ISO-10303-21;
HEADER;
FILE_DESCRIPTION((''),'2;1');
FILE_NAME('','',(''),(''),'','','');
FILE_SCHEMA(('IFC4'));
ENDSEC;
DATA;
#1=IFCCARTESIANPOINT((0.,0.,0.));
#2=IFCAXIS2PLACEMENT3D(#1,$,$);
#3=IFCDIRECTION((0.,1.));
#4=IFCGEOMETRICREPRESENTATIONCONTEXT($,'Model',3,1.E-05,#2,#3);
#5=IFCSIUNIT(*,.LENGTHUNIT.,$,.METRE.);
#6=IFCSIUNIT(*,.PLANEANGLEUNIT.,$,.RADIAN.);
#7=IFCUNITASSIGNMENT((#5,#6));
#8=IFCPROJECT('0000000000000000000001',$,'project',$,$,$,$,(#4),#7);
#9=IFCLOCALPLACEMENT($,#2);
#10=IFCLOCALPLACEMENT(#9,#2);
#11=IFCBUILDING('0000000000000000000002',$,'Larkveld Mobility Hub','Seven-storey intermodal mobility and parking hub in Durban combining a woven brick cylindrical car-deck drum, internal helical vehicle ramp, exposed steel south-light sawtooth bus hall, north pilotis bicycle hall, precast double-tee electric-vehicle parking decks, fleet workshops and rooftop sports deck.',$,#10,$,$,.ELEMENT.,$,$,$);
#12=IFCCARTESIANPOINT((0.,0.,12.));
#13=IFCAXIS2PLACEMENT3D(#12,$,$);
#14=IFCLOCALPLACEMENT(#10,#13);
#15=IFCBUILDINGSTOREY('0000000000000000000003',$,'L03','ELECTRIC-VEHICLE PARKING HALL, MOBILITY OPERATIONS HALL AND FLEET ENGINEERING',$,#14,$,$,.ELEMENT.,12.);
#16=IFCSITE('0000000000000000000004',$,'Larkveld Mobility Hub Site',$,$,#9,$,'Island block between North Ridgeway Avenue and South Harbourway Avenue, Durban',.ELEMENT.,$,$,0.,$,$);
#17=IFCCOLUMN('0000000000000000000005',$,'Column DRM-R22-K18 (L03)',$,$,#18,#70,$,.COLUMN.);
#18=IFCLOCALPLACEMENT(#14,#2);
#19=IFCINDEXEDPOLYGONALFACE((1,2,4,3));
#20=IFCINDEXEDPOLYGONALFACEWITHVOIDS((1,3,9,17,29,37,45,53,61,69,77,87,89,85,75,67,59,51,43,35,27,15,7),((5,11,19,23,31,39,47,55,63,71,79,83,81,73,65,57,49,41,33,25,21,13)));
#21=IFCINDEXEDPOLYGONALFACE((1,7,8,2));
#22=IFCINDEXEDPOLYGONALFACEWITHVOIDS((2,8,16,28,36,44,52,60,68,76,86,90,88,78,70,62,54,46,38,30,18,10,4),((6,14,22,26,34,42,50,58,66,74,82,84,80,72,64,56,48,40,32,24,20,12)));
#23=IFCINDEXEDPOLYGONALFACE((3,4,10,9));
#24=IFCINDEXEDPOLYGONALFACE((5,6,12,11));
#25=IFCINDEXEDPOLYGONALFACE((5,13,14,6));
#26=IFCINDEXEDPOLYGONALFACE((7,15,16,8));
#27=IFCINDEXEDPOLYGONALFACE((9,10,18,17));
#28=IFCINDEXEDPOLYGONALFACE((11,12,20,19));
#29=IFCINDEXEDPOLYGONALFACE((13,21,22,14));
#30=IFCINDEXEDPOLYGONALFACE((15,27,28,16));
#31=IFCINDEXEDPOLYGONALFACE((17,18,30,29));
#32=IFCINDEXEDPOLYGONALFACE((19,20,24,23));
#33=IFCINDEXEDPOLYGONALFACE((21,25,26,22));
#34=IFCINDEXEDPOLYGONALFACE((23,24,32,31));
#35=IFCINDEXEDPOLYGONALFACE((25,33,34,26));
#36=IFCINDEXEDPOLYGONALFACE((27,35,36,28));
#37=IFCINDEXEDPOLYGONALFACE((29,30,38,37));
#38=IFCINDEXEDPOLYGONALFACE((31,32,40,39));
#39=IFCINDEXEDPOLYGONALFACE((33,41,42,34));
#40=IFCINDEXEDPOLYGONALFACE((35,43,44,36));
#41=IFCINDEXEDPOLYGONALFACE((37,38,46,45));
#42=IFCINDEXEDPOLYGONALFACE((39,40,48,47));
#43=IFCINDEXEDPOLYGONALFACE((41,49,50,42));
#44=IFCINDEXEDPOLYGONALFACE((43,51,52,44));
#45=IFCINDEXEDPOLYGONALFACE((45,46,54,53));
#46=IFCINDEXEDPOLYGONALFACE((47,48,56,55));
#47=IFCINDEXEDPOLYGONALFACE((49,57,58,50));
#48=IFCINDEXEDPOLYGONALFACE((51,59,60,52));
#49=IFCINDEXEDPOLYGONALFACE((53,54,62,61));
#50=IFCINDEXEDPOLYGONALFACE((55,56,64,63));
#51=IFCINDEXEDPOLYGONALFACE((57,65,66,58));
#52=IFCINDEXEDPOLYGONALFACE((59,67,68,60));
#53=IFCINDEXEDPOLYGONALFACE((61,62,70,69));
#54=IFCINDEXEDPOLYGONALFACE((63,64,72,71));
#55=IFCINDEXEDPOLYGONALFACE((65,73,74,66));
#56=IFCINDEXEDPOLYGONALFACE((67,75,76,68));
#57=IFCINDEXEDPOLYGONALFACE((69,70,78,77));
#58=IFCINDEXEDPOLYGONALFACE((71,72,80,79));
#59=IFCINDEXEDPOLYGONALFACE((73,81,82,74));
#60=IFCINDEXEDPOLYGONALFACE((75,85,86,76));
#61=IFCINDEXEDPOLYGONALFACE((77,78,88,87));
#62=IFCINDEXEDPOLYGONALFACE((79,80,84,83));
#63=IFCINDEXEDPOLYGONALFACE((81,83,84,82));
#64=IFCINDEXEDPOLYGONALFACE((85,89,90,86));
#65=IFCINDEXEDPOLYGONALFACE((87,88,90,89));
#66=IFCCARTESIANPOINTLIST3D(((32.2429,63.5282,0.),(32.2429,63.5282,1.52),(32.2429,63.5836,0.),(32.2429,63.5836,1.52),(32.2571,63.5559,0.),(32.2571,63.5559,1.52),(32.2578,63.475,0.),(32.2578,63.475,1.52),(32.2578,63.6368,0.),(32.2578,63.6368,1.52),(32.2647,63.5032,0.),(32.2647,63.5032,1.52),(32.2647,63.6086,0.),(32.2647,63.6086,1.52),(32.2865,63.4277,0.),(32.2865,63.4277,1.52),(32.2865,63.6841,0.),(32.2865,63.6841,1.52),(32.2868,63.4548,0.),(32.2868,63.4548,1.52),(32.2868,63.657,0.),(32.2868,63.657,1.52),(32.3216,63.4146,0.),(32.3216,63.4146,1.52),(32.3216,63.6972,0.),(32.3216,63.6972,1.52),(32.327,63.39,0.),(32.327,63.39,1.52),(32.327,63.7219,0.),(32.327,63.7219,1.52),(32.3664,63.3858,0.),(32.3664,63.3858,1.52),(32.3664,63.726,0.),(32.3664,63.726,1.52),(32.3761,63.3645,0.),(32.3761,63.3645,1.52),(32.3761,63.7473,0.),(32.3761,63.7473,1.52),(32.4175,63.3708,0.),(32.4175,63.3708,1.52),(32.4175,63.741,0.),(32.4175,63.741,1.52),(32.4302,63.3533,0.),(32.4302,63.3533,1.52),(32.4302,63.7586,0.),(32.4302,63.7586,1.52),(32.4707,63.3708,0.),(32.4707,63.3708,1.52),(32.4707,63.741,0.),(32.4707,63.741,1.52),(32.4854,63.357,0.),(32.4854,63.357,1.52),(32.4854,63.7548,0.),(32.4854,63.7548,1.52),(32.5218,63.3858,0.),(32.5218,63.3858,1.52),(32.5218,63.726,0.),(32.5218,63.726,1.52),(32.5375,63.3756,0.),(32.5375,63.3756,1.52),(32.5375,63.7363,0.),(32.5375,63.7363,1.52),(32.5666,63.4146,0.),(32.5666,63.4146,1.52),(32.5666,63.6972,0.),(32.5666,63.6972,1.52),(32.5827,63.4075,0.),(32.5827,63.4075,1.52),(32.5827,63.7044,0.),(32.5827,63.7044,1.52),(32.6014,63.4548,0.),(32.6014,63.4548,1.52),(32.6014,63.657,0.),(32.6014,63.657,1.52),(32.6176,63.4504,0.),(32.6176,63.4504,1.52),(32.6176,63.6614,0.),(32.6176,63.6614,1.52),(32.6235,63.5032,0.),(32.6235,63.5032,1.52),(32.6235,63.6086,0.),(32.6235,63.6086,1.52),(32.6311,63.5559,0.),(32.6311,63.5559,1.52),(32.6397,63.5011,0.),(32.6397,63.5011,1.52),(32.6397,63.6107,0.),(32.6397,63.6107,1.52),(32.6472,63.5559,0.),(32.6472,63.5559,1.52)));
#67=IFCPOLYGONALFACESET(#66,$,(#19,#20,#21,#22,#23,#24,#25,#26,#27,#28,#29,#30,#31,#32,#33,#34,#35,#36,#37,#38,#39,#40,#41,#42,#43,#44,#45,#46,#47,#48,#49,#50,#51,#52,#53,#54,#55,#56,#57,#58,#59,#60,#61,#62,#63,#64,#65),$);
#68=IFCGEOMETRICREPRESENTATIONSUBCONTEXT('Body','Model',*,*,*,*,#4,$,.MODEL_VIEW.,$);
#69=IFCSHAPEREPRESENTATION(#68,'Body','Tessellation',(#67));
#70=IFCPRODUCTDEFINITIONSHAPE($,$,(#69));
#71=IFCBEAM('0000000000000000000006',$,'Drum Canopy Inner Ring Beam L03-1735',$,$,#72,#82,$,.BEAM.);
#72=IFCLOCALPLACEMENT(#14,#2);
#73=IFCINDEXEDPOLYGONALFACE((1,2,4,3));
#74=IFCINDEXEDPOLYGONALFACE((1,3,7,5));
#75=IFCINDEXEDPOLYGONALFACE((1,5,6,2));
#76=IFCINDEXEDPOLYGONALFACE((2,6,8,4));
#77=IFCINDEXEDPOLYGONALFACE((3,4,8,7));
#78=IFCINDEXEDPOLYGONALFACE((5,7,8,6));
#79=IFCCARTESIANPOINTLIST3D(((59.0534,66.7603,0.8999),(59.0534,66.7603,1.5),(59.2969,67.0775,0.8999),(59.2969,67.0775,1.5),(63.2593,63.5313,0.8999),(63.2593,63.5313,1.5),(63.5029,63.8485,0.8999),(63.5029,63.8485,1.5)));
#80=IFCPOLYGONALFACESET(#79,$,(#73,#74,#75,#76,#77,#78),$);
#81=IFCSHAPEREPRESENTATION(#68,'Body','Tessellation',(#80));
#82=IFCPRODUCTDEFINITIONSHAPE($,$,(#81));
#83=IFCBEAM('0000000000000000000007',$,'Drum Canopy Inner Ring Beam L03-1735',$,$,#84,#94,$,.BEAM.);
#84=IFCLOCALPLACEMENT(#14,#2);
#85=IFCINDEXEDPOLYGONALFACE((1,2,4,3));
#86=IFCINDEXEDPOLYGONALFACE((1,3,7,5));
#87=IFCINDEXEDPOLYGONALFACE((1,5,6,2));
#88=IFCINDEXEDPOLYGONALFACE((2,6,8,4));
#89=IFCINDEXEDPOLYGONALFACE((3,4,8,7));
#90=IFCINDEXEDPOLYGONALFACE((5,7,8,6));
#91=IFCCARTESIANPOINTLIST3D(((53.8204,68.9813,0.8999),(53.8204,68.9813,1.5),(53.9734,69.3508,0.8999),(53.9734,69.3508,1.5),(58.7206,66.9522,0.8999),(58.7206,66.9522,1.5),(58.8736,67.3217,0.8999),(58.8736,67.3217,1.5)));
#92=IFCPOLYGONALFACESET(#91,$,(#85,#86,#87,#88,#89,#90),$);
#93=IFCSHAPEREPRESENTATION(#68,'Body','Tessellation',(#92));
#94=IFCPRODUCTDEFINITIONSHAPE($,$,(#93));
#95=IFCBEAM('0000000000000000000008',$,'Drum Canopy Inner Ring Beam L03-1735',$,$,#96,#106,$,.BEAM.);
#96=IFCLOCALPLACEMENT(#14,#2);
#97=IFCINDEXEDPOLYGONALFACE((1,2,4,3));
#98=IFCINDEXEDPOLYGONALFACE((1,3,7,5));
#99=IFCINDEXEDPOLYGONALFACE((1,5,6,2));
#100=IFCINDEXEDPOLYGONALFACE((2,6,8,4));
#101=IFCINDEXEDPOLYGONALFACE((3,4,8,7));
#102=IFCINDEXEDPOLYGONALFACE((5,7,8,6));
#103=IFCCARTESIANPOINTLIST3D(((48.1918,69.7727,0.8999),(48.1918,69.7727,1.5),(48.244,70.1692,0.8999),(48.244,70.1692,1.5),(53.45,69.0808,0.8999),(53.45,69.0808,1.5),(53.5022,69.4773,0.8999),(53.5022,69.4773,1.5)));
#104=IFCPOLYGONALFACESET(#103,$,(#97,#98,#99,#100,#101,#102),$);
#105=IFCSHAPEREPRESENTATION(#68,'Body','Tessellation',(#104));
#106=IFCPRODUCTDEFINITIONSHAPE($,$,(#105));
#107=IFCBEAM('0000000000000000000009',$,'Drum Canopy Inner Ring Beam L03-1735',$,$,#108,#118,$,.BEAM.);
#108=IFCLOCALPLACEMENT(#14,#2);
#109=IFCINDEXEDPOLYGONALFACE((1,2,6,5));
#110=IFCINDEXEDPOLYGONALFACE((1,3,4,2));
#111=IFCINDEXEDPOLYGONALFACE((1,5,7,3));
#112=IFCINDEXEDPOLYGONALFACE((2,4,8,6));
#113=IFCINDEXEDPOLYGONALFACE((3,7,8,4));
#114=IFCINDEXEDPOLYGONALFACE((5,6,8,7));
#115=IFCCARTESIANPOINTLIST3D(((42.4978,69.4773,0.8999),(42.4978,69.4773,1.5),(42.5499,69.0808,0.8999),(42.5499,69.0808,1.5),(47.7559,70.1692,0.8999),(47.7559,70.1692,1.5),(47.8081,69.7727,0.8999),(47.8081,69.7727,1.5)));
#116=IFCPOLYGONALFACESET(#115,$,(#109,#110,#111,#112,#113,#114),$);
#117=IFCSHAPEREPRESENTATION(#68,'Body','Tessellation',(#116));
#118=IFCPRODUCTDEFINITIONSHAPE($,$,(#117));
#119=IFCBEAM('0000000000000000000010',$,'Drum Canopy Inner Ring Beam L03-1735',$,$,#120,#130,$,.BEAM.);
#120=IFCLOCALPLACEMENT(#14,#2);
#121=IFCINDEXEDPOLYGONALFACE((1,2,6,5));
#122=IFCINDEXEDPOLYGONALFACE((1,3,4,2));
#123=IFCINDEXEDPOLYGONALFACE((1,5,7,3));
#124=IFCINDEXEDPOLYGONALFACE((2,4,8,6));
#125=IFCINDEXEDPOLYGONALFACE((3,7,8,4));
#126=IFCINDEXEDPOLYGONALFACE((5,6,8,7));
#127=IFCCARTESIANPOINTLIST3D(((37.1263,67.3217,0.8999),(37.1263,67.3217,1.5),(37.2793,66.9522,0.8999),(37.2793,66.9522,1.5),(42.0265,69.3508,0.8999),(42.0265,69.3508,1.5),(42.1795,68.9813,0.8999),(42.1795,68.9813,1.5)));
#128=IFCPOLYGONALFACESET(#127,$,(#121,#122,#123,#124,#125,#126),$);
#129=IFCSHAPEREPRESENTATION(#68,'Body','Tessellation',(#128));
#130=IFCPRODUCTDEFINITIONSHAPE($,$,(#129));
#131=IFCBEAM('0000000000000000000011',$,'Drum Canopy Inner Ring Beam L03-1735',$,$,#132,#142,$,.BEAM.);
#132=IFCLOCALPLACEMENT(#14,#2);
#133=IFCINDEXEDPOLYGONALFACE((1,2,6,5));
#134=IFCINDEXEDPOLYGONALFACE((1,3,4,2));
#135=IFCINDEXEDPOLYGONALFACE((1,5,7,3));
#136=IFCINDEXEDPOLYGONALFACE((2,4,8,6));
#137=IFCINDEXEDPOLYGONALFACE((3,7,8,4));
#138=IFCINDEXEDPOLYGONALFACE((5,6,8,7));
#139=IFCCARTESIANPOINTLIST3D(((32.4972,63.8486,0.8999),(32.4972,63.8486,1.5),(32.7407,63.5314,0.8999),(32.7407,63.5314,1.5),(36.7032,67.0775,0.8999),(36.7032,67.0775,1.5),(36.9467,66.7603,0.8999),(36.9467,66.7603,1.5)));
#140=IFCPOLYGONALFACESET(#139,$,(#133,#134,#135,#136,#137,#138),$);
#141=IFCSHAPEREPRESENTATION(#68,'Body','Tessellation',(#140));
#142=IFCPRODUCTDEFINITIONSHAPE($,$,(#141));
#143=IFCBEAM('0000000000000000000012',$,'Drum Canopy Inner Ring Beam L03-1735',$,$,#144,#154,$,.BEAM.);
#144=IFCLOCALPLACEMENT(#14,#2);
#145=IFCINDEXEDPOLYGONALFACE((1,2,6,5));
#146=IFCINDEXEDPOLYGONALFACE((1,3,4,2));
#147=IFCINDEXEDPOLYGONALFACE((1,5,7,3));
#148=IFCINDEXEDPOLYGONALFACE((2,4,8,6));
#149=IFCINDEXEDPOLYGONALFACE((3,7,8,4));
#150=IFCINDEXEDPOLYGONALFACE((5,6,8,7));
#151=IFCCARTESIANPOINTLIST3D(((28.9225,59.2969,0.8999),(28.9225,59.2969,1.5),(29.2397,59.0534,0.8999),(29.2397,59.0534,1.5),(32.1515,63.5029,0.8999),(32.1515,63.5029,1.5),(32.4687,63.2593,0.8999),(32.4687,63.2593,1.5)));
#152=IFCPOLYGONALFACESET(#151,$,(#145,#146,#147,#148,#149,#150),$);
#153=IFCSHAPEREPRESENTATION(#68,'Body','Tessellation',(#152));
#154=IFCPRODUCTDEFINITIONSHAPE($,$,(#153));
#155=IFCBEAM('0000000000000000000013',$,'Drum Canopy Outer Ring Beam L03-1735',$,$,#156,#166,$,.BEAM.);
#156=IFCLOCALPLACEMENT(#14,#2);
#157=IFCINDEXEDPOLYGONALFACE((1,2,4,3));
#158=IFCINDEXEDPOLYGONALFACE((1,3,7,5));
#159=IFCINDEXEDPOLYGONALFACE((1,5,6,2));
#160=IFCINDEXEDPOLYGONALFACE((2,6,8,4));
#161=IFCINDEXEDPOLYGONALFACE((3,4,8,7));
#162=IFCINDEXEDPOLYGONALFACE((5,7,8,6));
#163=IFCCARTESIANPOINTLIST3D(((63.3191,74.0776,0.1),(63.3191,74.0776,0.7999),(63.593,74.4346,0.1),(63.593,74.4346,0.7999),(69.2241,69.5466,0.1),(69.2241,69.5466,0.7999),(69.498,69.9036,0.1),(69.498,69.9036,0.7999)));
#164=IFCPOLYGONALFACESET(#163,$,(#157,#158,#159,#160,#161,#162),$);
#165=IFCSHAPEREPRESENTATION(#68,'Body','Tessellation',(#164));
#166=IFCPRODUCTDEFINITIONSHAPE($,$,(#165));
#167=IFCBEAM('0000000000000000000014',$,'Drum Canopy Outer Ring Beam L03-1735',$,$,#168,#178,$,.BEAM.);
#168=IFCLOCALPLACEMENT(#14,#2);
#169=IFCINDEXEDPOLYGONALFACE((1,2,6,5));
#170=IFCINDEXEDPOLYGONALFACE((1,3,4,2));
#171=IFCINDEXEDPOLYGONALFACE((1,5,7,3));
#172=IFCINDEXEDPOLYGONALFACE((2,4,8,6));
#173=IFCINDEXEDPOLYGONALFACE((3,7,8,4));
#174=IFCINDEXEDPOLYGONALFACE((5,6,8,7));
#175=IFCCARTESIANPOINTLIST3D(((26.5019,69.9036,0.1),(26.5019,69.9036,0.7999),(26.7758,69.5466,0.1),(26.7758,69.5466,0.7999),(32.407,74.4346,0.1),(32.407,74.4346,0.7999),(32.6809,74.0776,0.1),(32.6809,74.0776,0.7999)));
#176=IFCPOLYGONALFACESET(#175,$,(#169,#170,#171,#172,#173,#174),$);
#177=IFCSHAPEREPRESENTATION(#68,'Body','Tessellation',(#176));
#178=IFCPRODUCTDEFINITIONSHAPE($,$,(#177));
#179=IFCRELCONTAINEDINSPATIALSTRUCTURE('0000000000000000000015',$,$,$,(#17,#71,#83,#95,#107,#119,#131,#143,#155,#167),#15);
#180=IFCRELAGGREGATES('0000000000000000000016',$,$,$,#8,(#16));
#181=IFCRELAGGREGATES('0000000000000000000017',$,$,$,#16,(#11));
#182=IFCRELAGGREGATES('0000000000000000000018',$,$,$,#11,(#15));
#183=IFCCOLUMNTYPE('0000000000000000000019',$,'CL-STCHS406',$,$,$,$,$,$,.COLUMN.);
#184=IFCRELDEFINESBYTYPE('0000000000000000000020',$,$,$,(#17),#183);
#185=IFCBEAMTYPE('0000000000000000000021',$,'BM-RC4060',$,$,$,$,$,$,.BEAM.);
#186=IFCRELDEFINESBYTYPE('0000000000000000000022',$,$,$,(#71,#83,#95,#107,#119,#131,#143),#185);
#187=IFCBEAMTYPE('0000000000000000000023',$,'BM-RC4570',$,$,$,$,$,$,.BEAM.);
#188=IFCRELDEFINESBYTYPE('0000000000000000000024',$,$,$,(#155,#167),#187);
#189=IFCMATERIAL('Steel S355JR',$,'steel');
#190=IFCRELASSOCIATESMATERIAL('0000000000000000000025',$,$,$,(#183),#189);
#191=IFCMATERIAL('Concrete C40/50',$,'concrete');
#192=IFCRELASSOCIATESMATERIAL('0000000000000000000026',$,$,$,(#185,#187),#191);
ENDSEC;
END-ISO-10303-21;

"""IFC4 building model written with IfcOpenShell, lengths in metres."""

from ifc_helpers import new_model, si_unit, direction, frame, origin, origin_2d, place, context, subcontext, project, spatial, rectangle, hollow_circle, extrude, material, material_profile, profile_set, type_object, element, save


model = new_model("IFC4")

# Units and contexts
model_context = context("Model", 3, precision=1e-05, world=origin(), true_north=direction((0.0, 1.0)))
body_context = subcontext(model_context, "Body", "Model", "MODEL_VIEW")
ifc_project = project(units=[si_unit("LENGTHUNIT", "METRE"), si_unit("PLANEANGLEUNIT", "RADIAN")], contexts=[model_context])

# Site, building, storey
site_placement = place(None, origin())
site = spatial("IfcSite", under=ifc_project, at=site_placement, Name="Larkveld Mobility Hub Site", LongName="Island block between North Ridgeway Avenue and South Harbourway Avenue, Durban", CompositionType="ELEMENT", RefElevation=0.0)
building_placement = place(site_placement, origin())
building = spatial("IfcBuilding", under=site, at=building_placement, Name="Larkveld Mobility Hub", Description="Seven-storey intermodal mobility and parking hub in Durban combining a woven brick cylindrical car-deck drum, internal helical vehicle ramp, exposed steel south-light sawtooth bus hall, north pilotis bicycle hall, precast double-tee electric-vehicle parking decks, fleet workshops and rooftop sports deck.", CompositionType="ELEMENT")
storey_placement = place(building_placement, frame((0.0, 0.0, 12.0)))
storey = spatial("IfcBuildingStorey", under=building, at=storey_placement, Name="L03", Description="ELECTRIC-VEHICLE PARKING HALL, MOBILITY OPERATIONS HALL AND FLEET ENGINEERING", CompositionType="ELEMENT", Elevation=12.0)

# Column
ifc_material_1 = material(Name="Steel S355JR", Category="steel")
ifc_material_profile_1 = material_profile(ifc_material_1, hollow_circle(Radius=0.2031, WallThickness=0.0161, at=origin_2d()), Name="CHS 406.4x16")
ifc_profile_set_1 = profile_set([ifc_material_profile_1], Name="Steel S355JR")
column_type = type_object("IfcColumnType", Name="CL-STCHS406", PredefinedType="COLUMN", material=ifc_profile_set_1)
for number, where, z_axis, x_axis, name in (
    (1, (32.4441, 63.5559, 0.0), (0.0, 0.0, 1.0), (1.0, 0.0, 0.0), "Column DRM-R22-K18 (L03)"),
):
    element("IfcColumn", number, at=place(storey_placement, frame(where, z_axis=z_axis, x_axis=x_axis)), inside=storey, type_object=column_type, Name=name, PredefinedType="COLUMN", context=body_context, shape_type="SweptSolid", body=[
        extrude(hollow_circle(Radius=0.2031, WallThickness=0.0161, at=origin_2d()), origin(), (0.0, 0.0, 1.0), 1.52),
    ])

# Beams
ifc_material_2 = material(Name="Concrete C40/50", Category="concrete")
ifc_material_profile_2 = material_profile(ifc_material_2, rectangle(XDim=0.3999, YDim=0.6001, at=origin_2d()), Name="RC BM 400x600")
ifc_profile_set_2 = profile_set([ifc_material_profile_2], Name="Concrete C40/50")
beam_type_1 = type_object("IfcBeamType", Name="BM-RC4060", PredefinedType="BEAM", material=ifc_profile_set_2)
beam_1_placement = place(storey_placement, frame((63.3811, 63.6899, 1.2), z_axis=(-0.793209, 0.60895, 0.0), x_axis=(-0.60895, -0.793209, 0.0)))
element("IfcBeam", 2, at=beam_1_placement, inside=storey, type_object=beam_type_1, Name="Drum Canopy Inner Ring Beam L03-1735", PredefinedType="BEAM", context=body_context, shape_type="SweptSolid", body=[
    extrude(rectangle(XDim=0.3999, YDim=0.6001, at=origin_2d()), origin(), (0.0, 0.0, 1.0), 5.3025),
])
beam_2_placement = place(storey_placement, frame((58.7971, 67.137, 1.2), z_axis=(-0.923923, 0.382578, 0.0), x_axis=(-0.382578, -0.923923, 0.0)))
element("IfcBeam", 3, at=beam_2_placement, inside=storey, type_object=beam_type_1, Name="Drum Canopy Inner Ring Beam L03-1735", PredefinedType="BEAM", context=body_context, shape_type="SweptSolid", body=[
    extrude(rectangle(XDim=0.3999, YDim=0.6001, at=origin_2d()), origin(), (0.0, 0.0, 1.0), 5.3037),
])
for number, where, z_axis, x_axis, name in (
    (4, (53.4761, 69.2791, 1.2), (-0.991453, 0.130463, 0.0), (-0.130463, -0.991453, 0.0), "Drum Canopy Inner Ring Beam L03-1735"),
    (5, (47.782, 69.9709, 1.2), (-0.991453, -0.130463, 0.0), (0.130463, -0.991453, 0.0), "Drum Canopy Inner Ring Beam L03-1735"),
):
    element("IfcBeam", number, at=place(storey_placement, frame(where, z_axis=z_axis, x_axis=x_axis)), inside=storey, type_object=beam_type_1, Name=name, PredefinedType="BEAM", context=body_context, shape_type="SweptSolid", body=[
        extrude(rectangle(XDim=0.3999, YDim=0.6001, at=origin_2d()), origin(), (0.0, 0.0, 1.0), 5.3035),
    ])
beam_3_placement = place(storey_placement, frame((42.103, 69.166, 1.2), z_axis=(-0.923923, -0.382578, 0.0), x_axis=(0.382578, -0.923923, 0.0)))
element("IfcBeam", 6, at=beam_3_placement, inside=storey, type_object=beam_type_1, Name="Drum Canopy Inner Ring Beam L03-1735", PredefinedType="BEAM", context=body_context, shape_type="SweptSolid", body=[
    extrude(rectangle(XDim=0.3999, YDim=0.6001, at=origin_2d()), origin(), (0.0, 0.0, 1.0), 5.3037),
])
for number, where, z_axis, x_axis, name in (
    (7, (36.825, 66.9189, 1.2), (-0.793209, -0.60895, 0.0), (0.60895, -0.793209, 0.0), "Drum Canopy Inner Ring Beam L03-1735"),
    (8, (32.3101, 63.3811, 1.2), (-0.60895, -0.793209, 0.0), (0.793209, -0.60895, 0.0), "Drum Canopy Inner Ring Beam L03-1735"),
):
    element("IfcBeam", number, at=place(storey_placement, frame(where, z_axis=z_axis, x_axis=x_axis)), inside=storey, type_object=beam_type_1, Name=name, PredefinedType="BEAM", context=body_context, shape_type="SweptSolid", body=[
        extrude(rectangle(XDim=0.3999, YDim=0.6001, at=origin_2d()), origin(), (0.0, 0.0, 1.0), 5.3025),
    ])
ifc_material_profile_3 = material_profile(ifc_material_2, rectangle(XDim=0.45, YDim=0.7, at=origin_2d()), Name="RC BM 450x700")
ifc_profile_set_3 = profile_set([ifc_material_profile_3], Name="Concrete C40/50")
beam_type_2 = type_object("IfcBeamType", Name="BM-RC4570", PredefinedType="BEAM", material=ifc_profile_set_3)
for number, where, z_axis, x_axis, name in (
    (9, (69.3611, 69.7251, 0.45), (-0.793359, 0.608754, 0.0), (-0.608754, -0.793359, 0.0), "Drum Canopy Outer Ring Beam L03-1735"),
    (10, (32.5439, 74.2561, 0.45), (-0.793359, -0.608754, 0.0), (0.608754, -0.793359, 0.0), "Drum Canopy Outer Ring Beam L03-1735"),
):
    element("IfcBeam", number, at=place(storey_placement, frame(where, z_axis=z_axis, x_axis=x_axis)), inside=storey, type_object=beam_type_2, Name=name, PredefinedType="BEAM", context=body_context, shape_type="SweptSolid", body=[
        extrude(rectangle(XDim=0.45, YDim=0.7, at=origin_2d()), origin(), (0.0, 0.0, 1.0), 7.4431),
    ])

save(model, "model.ifc")
